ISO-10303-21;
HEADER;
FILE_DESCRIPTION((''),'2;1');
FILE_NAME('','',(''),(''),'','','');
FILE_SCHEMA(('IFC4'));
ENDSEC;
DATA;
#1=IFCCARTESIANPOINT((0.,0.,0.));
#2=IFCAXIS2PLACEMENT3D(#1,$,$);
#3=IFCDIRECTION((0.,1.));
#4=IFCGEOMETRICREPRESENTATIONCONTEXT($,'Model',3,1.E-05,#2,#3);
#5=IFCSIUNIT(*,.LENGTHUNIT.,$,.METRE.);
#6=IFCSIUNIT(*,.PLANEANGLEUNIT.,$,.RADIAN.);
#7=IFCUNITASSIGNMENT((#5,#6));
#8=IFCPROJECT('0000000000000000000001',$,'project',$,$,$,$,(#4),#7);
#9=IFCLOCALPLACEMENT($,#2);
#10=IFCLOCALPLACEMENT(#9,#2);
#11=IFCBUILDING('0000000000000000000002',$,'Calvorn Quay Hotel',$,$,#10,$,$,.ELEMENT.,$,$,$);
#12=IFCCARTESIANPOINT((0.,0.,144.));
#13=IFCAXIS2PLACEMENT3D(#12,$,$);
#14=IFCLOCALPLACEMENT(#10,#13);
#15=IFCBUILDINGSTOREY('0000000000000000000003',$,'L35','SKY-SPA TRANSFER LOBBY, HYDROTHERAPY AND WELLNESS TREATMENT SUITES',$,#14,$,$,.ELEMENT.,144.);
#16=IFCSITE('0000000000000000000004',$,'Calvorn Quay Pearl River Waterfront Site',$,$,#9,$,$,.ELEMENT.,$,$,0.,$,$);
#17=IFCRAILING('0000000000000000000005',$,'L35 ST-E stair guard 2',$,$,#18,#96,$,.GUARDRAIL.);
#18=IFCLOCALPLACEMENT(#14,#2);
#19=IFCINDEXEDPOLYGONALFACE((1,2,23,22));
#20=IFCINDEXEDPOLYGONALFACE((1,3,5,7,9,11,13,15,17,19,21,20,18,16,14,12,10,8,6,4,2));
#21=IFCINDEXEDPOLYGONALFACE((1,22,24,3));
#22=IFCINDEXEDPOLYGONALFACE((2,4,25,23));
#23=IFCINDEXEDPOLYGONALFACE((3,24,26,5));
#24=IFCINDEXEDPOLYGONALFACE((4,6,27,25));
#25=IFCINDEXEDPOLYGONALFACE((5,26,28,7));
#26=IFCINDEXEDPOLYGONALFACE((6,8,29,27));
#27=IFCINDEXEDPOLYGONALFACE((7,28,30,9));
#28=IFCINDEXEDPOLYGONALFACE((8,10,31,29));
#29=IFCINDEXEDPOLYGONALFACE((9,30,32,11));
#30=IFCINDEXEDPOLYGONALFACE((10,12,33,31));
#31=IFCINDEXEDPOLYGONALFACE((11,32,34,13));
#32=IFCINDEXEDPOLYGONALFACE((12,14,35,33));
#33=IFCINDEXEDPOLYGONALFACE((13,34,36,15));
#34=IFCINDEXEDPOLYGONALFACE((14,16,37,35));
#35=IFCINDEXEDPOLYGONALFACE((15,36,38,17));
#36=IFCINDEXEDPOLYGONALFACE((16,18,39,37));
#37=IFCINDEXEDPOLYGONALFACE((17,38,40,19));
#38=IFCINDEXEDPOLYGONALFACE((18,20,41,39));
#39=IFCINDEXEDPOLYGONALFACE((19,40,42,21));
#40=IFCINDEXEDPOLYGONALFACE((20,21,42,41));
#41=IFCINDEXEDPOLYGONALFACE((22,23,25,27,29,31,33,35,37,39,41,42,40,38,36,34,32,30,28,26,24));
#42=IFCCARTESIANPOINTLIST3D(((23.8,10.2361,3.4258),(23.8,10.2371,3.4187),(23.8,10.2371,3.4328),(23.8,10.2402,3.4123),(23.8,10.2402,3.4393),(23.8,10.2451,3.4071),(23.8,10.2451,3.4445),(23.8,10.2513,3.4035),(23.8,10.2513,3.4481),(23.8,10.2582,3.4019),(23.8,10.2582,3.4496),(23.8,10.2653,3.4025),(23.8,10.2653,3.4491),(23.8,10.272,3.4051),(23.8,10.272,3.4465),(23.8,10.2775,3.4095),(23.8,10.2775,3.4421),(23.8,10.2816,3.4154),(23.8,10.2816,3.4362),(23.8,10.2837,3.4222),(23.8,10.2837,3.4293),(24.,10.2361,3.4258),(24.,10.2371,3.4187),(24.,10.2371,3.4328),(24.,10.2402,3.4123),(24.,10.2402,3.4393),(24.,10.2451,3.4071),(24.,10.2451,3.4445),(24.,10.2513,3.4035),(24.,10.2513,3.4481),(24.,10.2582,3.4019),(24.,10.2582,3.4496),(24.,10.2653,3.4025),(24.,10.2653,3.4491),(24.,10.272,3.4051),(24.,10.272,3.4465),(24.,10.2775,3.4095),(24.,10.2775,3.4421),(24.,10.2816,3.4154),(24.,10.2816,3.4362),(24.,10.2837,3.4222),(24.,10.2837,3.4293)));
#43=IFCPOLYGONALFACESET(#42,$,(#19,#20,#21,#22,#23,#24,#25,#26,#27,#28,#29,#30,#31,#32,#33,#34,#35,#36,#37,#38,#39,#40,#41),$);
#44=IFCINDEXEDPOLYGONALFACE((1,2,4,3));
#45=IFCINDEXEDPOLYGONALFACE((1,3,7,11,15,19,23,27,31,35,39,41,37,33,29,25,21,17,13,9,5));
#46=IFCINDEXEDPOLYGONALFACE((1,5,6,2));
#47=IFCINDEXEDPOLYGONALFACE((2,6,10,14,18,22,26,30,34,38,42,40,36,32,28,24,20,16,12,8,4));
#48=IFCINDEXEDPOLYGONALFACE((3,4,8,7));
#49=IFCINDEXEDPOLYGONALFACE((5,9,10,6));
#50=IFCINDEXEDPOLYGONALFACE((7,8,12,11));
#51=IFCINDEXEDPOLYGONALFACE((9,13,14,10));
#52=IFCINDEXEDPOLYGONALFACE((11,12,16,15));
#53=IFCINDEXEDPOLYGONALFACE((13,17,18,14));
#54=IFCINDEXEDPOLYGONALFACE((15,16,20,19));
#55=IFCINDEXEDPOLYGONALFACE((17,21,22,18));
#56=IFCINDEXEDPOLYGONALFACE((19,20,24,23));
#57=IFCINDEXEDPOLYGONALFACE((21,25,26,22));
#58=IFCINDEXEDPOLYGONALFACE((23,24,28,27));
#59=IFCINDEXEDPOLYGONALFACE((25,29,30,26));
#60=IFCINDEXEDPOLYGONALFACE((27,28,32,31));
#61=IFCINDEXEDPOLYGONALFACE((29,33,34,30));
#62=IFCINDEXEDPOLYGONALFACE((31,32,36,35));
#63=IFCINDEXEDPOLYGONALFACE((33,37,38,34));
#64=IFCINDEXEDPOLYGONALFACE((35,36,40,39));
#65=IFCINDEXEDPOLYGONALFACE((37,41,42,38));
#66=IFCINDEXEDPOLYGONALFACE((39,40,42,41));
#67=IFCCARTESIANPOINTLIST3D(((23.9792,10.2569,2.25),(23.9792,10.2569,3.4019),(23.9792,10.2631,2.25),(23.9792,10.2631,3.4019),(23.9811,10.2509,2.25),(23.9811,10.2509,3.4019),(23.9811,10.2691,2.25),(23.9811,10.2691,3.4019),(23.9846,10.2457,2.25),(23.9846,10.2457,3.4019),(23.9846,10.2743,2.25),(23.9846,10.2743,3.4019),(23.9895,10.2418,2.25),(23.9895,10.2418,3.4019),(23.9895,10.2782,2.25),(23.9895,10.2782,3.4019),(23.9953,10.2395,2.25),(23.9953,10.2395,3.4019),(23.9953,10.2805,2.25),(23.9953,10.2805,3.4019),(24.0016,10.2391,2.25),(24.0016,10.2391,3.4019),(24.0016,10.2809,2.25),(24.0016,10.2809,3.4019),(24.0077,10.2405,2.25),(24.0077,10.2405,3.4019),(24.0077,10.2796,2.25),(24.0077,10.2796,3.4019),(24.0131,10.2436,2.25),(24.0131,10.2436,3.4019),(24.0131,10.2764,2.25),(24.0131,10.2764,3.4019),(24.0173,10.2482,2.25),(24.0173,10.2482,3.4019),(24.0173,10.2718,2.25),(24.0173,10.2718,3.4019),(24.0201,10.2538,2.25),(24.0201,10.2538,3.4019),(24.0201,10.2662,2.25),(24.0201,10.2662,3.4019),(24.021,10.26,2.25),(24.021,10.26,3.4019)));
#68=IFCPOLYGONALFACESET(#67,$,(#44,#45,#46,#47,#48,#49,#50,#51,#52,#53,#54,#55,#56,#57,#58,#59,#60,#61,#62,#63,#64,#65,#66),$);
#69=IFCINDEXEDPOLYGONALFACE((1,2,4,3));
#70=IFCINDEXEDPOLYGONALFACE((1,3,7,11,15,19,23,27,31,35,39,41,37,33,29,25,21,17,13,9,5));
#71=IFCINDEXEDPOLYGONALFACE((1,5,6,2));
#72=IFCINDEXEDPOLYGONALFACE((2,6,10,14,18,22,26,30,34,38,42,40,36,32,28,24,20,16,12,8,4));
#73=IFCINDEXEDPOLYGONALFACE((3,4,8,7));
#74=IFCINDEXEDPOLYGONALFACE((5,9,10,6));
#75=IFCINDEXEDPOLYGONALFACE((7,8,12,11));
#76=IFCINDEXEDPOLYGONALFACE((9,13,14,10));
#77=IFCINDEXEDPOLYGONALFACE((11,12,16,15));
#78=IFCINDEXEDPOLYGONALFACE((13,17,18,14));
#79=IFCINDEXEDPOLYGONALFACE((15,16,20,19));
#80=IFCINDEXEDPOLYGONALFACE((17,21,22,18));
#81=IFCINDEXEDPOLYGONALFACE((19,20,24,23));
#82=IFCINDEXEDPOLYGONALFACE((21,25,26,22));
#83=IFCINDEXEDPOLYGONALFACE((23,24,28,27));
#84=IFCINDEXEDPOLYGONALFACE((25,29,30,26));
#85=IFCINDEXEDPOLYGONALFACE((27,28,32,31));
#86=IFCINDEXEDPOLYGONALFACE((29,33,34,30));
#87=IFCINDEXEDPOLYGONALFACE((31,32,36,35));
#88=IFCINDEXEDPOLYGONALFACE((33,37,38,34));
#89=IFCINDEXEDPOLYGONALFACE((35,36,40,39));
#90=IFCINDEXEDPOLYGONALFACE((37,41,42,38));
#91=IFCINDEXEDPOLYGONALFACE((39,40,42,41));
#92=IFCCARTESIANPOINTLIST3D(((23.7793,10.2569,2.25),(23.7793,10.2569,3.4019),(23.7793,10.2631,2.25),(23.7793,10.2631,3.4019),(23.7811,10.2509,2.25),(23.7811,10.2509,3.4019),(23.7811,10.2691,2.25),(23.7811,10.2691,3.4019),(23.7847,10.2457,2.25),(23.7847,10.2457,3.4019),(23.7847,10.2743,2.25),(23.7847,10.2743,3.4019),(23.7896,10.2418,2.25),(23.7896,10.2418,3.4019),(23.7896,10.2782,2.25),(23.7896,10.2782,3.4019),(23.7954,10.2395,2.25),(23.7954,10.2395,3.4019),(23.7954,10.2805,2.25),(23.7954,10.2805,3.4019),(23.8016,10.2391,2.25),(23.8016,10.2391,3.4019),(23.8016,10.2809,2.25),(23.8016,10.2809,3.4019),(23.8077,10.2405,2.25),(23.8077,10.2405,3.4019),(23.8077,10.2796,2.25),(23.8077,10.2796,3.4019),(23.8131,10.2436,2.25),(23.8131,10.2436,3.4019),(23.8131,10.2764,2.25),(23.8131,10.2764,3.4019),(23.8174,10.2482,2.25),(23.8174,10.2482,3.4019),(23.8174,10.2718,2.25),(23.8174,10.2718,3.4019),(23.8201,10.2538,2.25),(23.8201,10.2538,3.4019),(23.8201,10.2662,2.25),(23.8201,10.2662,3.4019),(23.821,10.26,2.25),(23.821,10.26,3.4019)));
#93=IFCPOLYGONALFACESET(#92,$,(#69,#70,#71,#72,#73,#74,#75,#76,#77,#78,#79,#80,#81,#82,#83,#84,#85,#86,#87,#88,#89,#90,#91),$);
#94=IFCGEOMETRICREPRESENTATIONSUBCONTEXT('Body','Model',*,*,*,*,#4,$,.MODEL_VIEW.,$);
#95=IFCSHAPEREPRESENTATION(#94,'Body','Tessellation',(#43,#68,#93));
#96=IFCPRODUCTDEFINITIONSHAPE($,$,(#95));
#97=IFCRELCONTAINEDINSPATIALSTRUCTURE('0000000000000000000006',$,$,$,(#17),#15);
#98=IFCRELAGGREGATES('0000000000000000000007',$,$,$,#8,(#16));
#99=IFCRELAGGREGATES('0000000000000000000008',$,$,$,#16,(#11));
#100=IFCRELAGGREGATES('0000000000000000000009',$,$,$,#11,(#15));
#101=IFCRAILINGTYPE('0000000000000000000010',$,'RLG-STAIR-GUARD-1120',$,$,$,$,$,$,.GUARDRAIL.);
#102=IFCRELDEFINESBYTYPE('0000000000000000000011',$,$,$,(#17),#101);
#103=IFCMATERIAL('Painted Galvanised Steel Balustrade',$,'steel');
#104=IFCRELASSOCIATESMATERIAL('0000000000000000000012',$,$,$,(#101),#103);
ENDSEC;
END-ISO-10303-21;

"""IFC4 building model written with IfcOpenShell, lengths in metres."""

from ifc_helpers import new_model, si_unit, direction, frame, origin, origin_2d, place, context, subcontext, project, spatial, circle, extrude, material, type_object, element, save


model = new_model("IFC4")

# Units and contexts
model_context = context("Model", 3, precision=1e-05, world=origin(), true_north=direction((0.0, 1.0)))
body_context = subcontext(model_context, "Body", "Model", "MODEL_VIEW")
ifc_project = project(units=[si_unit("LENGTHUNIT", "METRE"), si_unit("PLANEANGLEUNIT", "RADIAN")], contexts=[model_context])

# Site, building, storey
site_placement = place(None, origin())
site = spatial("IfcSite", under=ifc_project, at=site_placement, Name="Calvorn Quay Pearl River Waterfront Site", CompositionType="ELEMENT", RefElevation=0.0)
building_placement = place(site_placement, origin())
building = spatial("IfcBuilding", under=site, at=building_placement, Name="Calvorn Quay Hotel", CompositionType="ELEMENT")
storey_placement = place(building_placement, frame((0.0, 0.0, 144.0)))
storey = spatial("IfcBuildingStorey", under=building, at=storey_placement, Name="L35", Description="SKY-SPA TRANSFER LOBBY, HYDROTHERAPY AND WELLNESS TREATMENT SUITES", CompositionType="ELEMENT", Elevation=144.0)

# Railing
ifc_material_1 = material(Name="Painted Galvanised Steel Balustrade", Category="steel")
railing_type = type_object("IfcRailingType", Name="RLG-STAIR-GUARD-1120", PredefinedType="GUARDRAIL", material=ifc_material_1)
railing_placement = place(storey_placement, frame((24.0, 10.26, 2.25)))
element("IfcRailing", 1, at=railing_placement, inside=storey, type_object=railing_type, Name="L35 ST-E stair guard 2", PredefinedType="GUARDRAIL", context=body_context, shape_type="SweptSolid", body=[
    extrude(circle(Radius=0.0239, at=origin_2d()), frame((0.0, 0.0, 1.1758), z_axis=(-1.0, 0.0, 0.0), x_axis=(0.0, -1.0, 0.0)), (0.0, 0.0, 1.0), 0.2),
    extrude(circle(Radius=0.021, at=origin_2d()), origin(), (0.0, 0.0, 1.0), 1.1519),
    extrude(circle(Radius=0.021, at=origin_2d()), frame((-0.2, 0.0, 0.0)), (0.0, 0.0, 1.0), 1.1519),
])

save(model, "model.ifc")
